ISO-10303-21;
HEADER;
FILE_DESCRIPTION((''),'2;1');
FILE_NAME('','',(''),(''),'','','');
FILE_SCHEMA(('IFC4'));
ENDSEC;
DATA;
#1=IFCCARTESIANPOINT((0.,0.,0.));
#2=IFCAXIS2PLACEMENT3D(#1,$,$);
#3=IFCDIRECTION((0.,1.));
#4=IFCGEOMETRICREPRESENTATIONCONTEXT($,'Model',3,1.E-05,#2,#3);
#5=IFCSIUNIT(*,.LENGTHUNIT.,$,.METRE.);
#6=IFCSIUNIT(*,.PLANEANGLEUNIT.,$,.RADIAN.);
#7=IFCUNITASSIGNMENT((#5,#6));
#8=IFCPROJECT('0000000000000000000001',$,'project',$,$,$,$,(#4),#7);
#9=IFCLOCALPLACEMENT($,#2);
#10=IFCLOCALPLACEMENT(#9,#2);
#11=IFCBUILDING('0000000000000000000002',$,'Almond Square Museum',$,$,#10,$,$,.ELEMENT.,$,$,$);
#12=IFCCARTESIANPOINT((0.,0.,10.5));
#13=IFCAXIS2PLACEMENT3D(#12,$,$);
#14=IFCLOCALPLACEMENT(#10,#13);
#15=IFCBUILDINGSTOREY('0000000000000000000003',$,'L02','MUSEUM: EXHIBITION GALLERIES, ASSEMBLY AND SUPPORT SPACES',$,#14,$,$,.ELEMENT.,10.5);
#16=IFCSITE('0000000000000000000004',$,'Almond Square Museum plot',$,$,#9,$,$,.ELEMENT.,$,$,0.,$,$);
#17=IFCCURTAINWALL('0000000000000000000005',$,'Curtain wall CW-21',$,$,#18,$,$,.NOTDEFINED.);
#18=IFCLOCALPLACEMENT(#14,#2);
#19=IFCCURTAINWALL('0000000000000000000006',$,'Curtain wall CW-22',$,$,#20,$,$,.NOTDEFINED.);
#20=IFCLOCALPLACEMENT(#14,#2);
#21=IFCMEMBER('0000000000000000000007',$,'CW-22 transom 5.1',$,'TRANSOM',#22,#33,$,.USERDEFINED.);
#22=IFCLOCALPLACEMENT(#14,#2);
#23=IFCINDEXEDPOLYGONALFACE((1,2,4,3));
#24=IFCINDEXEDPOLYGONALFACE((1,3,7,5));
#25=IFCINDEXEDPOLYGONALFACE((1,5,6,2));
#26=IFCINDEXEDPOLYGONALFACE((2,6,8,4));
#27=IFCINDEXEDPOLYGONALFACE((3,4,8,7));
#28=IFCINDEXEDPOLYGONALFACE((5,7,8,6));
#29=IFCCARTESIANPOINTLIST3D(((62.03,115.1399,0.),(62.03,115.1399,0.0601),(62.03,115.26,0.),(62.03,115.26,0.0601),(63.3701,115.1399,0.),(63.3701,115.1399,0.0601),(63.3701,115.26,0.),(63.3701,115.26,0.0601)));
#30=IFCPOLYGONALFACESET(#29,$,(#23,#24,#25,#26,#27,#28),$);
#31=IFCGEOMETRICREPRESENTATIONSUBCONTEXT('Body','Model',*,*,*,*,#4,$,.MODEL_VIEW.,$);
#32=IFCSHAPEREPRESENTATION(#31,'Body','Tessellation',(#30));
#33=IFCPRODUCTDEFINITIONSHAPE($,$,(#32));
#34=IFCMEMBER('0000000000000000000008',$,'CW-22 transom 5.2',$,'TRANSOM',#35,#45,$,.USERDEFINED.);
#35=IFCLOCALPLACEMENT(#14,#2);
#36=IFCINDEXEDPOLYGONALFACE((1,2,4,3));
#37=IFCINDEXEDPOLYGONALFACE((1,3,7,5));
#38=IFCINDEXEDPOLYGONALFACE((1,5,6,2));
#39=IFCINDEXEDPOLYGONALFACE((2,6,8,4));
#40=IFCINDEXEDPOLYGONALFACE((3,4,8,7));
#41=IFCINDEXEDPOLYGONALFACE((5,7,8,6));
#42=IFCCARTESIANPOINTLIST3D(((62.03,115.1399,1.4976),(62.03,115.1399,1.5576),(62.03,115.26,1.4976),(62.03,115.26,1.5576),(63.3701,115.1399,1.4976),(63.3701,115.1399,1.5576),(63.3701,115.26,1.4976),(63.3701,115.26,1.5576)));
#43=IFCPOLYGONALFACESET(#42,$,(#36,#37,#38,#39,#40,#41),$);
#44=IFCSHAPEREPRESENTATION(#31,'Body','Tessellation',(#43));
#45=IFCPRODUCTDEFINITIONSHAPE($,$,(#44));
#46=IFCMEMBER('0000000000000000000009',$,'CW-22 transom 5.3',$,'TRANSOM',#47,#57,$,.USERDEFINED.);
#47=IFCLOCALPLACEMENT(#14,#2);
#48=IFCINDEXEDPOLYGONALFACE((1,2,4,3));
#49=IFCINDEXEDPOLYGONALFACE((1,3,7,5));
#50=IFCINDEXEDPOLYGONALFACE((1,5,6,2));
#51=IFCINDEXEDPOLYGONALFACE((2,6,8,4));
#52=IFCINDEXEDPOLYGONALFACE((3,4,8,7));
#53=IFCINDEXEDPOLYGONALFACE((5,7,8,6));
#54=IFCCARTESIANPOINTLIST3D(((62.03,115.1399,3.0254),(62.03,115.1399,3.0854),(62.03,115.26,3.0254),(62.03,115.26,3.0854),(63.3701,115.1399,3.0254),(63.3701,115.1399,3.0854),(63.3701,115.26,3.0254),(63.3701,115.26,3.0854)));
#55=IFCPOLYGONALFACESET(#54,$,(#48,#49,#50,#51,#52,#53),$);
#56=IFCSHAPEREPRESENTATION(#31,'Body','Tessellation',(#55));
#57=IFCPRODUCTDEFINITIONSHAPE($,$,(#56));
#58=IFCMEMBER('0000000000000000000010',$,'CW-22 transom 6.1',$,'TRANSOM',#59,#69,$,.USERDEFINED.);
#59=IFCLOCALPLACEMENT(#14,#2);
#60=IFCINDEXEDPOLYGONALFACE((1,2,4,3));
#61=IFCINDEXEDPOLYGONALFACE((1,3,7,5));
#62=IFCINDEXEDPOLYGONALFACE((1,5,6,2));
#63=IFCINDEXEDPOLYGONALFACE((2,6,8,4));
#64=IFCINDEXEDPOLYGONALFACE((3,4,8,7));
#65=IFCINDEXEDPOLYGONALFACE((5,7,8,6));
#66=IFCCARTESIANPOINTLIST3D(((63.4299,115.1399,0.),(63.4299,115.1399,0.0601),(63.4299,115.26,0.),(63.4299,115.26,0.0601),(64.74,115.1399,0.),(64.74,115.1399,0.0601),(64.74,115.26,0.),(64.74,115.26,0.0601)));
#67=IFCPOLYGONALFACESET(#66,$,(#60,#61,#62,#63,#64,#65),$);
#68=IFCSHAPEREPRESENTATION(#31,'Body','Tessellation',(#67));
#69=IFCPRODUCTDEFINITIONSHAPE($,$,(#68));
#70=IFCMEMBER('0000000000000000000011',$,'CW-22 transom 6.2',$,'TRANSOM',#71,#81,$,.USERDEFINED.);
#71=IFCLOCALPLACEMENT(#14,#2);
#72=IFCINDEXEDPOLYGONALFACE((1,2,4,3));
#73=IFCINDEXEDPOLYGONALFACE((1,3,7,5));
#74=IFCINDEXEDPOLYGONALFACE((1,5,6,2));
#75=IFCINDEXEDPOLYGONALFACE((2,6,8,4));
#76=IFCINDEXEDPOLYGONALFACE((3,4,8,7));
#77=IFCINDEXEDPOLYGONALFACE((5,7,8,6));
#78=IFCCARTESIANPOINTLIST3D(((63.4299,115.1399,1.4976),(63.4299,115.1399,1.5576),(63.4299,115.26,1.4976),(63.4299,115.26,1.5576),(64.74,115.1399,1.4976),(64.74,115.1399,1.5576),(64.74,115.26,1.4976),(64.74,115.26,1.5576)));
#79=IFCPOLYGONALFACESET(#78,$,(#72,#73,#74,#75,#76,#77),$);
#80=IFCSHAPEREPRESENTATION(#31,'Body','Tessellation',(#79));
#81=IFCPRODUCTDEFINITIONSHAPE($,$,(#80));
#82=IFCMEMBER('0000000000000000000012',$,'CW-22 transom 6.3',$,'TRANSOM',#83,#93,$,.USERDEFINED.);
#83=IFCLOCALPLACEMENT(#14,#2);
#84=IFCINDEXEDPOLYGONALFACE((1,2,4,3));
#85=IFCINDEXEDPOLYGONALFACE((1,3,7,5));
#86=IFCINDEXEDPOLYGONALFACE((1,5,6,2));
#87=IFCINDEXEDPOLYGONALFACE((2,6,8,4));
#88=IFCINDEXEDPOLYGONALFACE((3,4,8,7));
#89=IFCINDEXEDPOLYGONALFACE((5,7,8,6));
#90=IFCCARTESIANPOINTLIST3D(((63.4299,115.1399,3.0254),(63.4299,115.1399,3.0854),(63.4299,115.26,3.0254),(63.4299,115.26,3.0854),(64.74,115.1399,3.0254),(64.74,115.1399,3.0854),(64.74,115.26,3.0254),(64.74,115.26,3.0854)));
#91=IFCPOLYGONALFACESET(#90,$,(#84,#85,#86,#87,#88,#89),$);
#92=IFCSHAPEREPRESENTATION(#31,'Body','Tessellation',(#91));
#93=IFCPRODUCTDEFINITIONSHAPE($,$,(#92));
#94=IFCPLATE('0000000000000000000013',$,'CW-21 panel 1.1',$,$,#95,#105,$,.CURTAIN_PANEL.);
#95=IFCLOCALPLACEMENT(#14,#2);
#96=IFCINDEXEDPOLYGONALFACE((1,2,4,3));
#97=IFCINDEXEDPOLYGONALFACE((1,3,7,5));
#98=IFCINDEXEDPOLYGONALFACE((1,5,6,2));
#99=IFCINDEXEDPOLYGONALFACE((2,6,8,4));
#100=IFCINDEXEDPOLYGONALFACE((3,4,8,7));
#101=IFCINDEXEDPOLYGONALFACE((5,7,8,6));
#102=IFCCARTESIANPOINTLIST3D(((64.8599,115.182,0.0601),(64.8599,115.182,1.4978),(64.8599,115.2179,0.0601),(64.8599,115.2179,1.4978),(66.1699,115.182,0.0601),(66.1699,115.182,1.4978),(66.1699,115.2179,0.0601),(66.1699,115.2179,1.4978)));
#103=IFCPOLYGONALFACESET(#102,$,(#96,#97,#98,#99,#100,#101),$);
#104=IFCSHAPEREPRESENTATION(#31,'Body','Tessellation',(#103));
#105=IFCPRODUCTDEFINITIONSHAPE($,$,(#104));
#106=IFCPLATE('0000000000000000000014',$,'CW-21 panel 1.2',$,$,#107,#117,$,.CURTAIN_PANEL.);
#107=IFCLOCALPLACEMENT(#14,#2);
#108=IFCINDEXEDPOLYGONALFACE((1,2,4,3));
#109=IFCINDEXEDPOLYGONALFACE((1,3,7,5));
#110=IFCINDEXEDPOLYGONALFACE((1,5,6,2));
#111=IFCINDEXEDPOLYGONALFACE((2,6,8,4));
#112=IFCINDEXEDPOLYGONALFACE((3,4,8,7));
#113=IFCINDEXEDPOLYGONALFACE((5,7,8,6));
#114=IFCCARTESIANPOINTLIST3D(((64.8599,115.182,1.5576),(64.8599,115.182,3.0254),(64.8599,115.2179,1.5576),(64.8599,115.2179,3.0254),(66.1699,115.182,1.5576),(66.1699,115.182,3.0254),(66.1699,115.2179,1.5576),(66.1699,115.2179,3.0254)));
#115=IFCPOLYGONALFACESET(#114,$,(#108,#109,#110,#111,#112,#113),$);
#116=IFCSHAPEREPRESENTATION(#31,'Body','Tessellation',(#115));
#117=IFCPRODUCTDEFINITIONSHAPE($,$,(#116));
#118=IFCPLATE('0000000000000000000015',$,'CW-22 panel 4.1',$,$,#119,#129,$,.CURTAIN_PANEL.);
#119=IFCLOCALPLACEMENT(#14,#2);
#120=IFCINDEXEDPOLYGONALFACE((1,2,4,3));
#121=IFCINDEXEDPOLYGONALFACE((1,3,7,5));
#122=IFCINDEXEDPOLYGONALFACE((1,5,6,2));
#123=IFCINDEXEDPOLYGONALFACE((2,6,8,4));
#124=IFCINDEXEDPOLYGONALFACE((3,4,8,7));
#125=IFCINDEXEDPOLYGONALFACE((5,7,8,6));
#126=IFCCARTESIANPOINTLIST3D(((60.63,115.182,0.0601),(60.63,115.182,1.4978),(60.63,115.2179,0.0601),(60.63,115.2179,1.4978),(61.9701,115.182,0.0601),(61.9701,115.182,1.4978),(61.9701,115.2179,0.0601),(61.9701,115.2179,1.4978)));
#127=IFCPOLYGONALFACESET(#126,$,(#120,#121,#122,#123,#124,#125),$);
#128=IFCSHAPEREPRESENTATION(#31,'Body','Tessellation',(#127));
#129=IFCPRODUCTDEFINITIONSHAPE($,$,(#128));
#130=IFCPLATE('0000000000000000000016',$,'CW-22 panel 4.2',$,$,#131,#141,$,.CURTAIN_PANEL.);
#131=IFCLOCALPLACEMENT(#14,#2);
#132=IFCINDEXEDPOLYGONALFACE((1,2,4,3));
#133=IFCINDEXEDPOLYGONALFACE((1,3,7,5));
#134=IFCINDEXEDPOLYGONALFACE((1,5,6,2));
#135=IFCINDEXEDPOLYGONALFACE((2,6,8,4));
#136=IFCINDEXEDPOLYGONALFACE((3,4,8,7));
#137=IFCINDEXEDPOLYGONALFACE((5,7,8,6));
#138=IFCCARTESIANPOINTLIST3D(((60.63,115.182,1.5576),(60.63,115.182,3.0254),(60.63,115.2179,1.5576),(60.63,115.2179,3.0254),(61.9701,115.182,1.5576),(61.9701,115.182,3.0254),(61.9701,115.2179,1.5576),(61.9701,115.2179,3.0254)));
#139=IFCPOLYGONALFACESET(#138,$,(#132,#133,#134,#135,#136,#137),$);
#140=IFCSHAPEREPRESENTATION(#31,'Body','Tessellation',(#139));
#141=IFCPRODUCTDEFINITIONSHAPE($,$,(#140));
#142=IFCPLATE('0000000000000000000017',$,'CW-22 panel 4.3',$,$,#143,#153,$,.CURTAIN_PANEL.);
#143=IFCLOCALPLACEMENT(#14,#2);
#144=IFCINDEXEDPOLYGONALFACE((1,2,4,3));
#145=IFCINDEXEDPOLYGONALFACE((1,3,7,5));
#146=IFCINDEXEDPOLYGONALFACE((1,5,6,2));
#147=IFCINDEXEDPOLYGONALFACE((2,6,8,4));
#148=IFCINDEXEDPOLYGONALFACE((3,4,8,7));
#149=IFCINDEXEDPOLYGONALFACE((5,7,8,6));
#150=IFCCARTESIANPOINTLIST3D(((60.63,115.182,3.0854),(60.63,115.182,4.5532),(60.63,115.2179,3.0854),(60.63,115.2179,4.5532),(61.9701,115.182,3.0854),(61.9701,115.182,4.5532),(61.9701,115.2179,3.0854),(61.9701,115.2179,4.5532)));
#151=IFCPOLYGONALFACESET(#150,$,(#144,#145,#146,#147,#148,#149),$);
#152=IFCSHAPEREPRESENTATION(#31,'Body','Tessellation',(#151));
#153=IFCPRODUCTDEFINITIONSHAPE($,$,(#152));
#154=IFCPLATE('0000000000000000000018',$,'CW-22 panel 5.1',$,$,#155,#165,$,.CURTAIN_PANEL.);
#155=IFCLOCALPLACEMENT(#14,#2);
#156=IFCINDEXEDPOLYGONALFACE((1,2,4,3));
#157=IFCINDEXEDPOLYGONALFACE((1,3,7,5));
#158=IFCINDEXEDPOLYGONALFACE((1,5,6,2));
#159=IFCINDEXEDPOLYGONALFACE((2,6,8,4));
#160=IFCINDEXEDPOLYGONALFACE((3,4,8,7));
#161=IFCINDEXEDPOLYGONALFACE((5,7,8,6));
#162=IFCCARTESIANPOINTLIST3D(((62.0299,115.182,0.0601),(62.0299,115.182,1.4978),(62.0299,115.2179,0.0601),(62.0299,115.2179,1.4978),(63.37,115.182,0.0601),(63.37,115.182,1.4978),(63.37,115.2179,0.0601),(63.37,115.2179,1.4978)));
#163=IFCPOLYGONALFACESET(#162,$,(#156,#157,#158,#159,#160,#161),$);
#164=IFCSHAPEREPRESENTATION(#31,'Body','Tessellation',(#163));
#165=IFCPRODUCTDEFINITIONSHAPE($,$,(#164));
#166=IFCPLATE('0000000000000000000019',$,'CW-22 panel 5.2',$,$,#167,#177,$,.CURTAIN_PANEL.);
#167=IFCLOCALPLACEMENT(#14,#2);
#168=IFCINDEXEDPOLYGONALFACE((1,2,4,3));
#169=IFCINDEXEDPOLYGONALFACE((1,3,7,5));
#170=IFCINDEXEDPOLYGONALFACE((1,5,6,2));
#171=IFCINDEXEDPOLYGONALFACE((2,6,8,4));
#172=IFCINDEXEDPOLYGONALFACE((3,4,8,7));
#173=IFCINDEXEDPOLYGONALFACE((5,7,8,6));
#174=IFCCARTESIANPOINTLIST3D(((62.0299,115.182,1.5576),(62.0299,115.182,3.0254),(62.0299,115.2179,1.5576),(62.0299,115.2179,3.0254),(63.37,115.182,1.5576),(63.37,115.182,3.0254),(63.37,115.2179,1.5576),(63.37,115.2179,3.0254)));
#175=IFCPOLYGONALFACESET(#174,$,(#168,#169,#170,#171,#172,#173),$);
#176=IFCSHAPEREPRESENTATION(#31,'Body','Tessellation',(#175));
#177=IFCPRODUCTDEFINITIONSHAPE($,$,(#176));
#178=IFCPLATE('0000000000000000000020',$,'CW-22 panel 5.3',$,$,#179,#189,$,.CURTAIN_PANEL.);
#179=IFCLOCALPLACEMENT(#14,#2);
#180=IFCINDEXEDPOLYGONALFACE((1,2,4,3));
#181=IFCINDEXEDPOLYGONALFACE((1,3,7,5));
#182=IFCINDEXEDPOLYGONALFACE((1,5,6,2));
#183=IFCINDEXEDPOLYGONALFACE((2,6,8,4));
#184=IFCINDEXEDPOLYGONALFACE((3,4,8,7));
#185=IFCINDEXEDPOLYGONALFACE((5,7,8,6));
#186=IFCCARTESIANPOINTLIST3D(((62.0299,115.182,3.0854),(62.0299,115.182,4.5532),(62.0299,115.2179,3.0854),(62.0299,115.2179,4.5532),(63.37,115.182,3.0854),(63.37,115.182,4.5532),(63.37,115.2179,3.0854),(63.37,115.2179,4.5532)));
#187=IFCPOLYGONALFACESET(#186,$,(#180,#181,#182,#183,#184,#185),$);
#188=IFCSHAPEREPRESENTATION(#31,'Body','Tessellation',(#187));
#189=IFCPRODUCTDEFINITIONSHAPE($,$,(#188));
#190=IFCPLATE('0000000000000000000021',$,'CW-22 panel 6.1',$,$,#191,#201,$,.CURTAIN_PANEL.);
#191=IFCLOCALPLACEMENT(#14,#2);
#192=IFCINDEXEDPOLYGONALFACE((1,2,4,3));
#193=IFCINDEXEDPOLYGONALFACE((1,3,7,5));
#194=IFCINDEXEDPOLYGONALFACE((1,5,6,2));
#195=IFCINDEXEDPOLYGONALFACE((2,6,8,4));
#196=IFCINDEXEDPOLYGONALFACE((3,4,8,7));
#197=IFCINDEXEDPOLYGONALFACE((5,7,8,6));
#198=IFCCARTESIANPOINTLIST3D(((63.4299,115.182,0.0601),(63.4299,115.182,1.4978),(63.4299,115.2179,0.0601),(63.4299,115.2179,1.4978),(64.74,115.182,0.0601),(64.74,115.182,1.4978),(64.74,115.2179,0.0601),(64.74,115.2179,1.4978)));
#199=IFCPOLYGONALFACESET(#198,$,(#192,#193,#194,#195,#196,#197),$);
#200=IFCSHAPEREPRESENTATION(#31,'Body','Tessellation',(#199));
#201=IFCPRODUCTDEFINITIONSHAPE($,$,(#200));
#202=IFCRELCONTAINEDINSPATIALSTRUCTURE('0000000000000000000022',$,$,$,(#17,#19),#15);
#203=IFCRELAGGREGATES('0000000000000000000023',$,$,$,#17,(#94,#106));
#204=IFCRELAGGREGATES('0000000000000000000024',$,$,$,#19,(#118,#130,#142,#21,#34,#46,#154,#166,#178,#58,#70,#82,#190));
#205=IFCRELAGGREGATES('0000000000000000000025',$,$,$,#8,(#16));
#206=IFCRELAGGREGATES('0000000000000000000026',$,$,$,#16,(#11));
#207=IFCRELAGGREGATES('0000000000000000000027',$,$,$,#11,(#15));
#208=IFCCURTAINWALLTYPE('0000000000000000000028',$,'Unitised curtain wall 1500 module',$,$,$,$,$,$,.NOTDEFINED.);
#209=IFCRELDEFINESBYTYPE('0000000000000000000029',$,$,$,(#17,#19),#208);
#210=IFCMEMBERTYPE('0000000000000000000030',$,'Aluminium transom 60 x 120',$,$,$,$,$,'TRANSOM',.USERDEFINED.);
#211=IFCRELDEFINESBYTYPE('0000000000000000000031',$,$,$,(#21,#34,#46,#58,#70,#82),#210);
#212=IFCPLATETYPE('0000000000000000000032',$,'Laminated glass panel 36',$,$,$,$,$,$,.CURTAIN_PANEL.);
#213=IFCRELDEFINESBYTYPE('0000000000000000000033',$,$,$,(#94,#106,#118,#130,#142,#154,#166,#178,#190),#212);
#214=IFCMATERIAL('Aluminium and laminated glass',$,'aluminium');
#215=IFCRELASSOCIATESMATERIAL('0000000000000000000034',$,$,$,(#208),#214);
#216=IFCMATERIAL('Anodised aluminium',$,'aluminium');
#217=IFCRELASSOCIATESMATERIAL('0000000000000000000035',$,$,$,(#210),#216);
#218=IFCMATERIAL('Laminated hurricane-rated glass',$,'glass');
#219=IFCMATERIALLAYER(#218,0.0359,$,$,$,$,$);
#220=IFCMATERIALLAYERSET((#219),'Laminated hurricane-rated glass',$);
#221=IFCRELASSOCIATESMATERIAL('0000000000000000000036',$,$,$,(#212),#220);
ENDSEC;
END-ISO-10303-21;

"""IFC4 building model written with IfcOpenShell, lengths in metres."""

from ifc_helpers import new_model, si_unit, direction, frame, origin, origin_2d, place, context, subcontext, project, spatial, rectangle, extrude, material, layer, layer_set, material_profile, profile_set, type_object, element, aggregate, save


model = new_model("IFC4")

# Units and contexts
model_context = context("Model", 3, precision=1e-05, world=origin(), true_north=direction((0.0, 1.0)))
body_context = subcontext(model_context, "Body", "Model", "MODEL_VIEW")
ifc_project = project(units=[si_unit("LENGTHUNIT", "METRE"), si_unit("PLANEANGLEUNIT", "RADIAN")], contexts=[model_context])

# Site, building, storey
site_placement = place(None, origin())
site = spatial("IfcSite", under=ifc_project, at=site_placement, Name="Almond Square Museum plot", CompositionType="ELEMENT", RefElevation=0.0)
building_placement = place(site_placement, origin())
building = spatial("IfcBuilding", under=site, at=building_placement, Name="Almond Square Museum", CompositionType="ELEMENT")
storey_placement = place(building_placement, frame((0.0, 0.0, 10.5)))
storey = spatial("IfcBuildingStorey", under=building, at=storey_placement, Name="L02", Description="MUSEUM: EXHIBITION GALLERIES, ASSEMBLY AND SUPPORT SPACES", CompositionType="ELEMENT", Elevation=10.5)

# Curtain walls
ifc_material_1 = material(Name="Aluminium and laminated glass", Category="aluminium")
curtain_wall_type = type_object("IfcCurtainWallType", Name="Unitised curtain wall 1500 module", PredefinedType="NOTDEFINED", material=ifc_material_1)
curtain_wall_1_placement = place(storey_placement, origin())
curtain_wall_1 = element("IfcCurtainWall", 1, at=curtain_wall_1_placement, inside=storey, type_object=curtain_wall_type, Name="Curtain wall CW-21", PredefinedType="NOTDEFINED")
curtain_wall_2_placement = place(storey_placement, origin())
curtain_wall_2 = element("IfcCurtainWall", 2, at=curtain_wall_2_placement, inside=storey, type_object=curtain_wall_type, Name="Curtain wall CW-22", PredefinedType="NOTDEFINED")

# Members
ifc_material_2 = material(Name="Anodised aluminium", Category="aluminium")
ifc_material_profile_1 = material_profile(ifc_material_2, rectangle(XDim=0.1201, YDim=0.0601, at=origin_2d()))
ifc_profile_set_1 = profile_set([ifc_material_profile_1], Name="Anodised aluminium")
member_type_1 = type_object("IfcMemberType", Name="Aluminium transom 60 x 120", ElementType="TRANSOM", PredefinedType="USERDEFINED", material=ifc_profile_set_1)
member_1_placement = place(storey_placement, frame((62.03, 115.2, 0.03), z_axis=(1.0, 0.0, 0.0), x_axis=(0.0, 1.0, 0.0)))
member_1 = element("IfcMember", 3, at=member_1_placement, type_object=member_type_1, Name="CW-22 transom 5.1", ObjectType="TRANSOM", PredefinedType="USERDEFINED", context=body_context, shape_type="SweptSolid", body=[
    extrude(rectangle(XDim=0.1201, YDim=0.0601, at=origin_2d()), origin(), (0.0, 0.0, 1.0), 1.3401),
])
member_2_placement = place(storey_placement, frame((62.03, 115.2, 1.5276), z_axis=(1.0, 0.0, 0.0), x_axis=(0.0, 1.0, 0.0)))
member_2 = element("IfcMember", 4, at=member_2_placement, type_object=member_type_1, Name="CW-22 transom 5.2", ObjectType="TRANSOM", PredefinedType="USERDEFINED", context=body_context, shape_type="SweptSolid", body=[
    extrude(rectangle(XDim=0.1201, YDim=0.0601, at=origin_2d()), origin(), (0.0, 0.0, 1.0), 1.3401),
])
member_3_placement = place(storey_placement, frame((62.03, 115.2, 3.0554), z_axis=(1.0, 0.0, 0.0), x_axis=(0.0, 1.0, 0.0)))
member_3 = element("IfcMember", 5, at=member_3_placement, type_object=member_type_1, Name="CW-22 transom 5.3", ObjectType="TRANSOM", PredefinedType="USERDEFINED", context=body_context, shape_type="SweptSolid", body=[
    extrude(rectangle(XDim=0.1201, YDim=0.0601, at=origin_2d()), origin(), (0.0, 0.0, 1.0), 1.3401),
])
member_4_placement = place(storey_placement, frame((63.4299, 115.2, 0.03), z_axis=(1.0, 0.0, 0.0), x_axis=(0.0, 1.0, 0.0)))
member_4 = element("IfcMember", 6, at=member_4_placement, type_object=member_type_1, Name="CW-22 transom 6.1", ObjectType="TRANSOM", PredefinedType="USERDEFINED", context=body_context, shape_type="SweptSolid", body=[
    extrude(rectangle(XDim=0.1201, YDim=0.0601, at=origin_2d()), origin(), (0.0, 0.0, 1.0), 1.3101),
])
member_5_placement = place(storey_placement, frame((63.4299, 115.2, 1.5276), z_axis=(1.0, 0.0, 0.0), x_axis=(0.0, 1.0, 0.0)))
member_5 = element("IfcMember", 7, at=member_5_placement, type_object=member_type_1, Name="CW-22 transom 6.2", ObjectType="TRANSOM", PredefinedType="USERDEFINED", context=body_context, shape_type="SweptSolid", body=[
    extrude(rectangle(XDim=0.1201, YDim=0.0601, at=origin_2d()), origin(), (0.0, 0.0, 1.0), 1.3101),
])
member_6_placement = place(storey_placement, frame((63.4299, 115.2, 3.0554), z_axis=(1.0, 0.0, 0.0), x_axis=(0.0, 1.0, 0.0)))
member_6 = element("IfcMember", 8, at=member_6_placement, type_object=member_type_1, Name="CW-22 transom 6.3", ObjectType="TRANSOM", PredefinedType="USERDEFINED", context=body_context, shape_type="SweptSolid", body=[
    extrude(rectangle(XDim=0.1201, YDim=0.0601, at=origin_2d()), origin(), (0.0, 0.0, 1.0), 1.3101),
])

# Plates
ifc_material_3 = material(Name="Laminated hurricane-rated glass", Category="glass")
ifc_layer = layer(ifc_material_3, 0.0359)
ifc_layer_set = layer_set([ifc_layer], Name="Laminated hurricane-rated glass")
plate_type = type_object("IfcPlateType", Name="Laminated glass panel 36", PredefinedType="CURTAIN_PANEL", material=ifc_layer_set)
plate_1_placement = place(storey_placement, frame((65.5149, 115.2, 0.0601), z_axis=(0.0, 0.0, 1.0), x_axis=(1.0, 0.0, 0.0)))
plate_1 = element("IfcPlate", 9, at=plate_1_placement, type_object=plate_type, Name="CW-21 panel 1.1", PredefinedType="CURTAIN_PANEL", context=body_context, shape_type="SweptSolid", body=[
    extrude(rectangle(XDim=1.3101, YDim=0.0359, at=origin_2d()), origin(), (0.0, 0.0, 1.0), 1.4377),
])
plate_2_placement = place(storey_placement, frame((65.5149, 115.2, 1.5576), z_axis=(0.0, 0.0, 1.0), x_axis=(1.0, 0.0, 0.0)))
plate_2 = element("IfcPlate", 10, at=plate_2_placement, type_object=plate_type, Name="CW-21 panel 1.2", PredefinedType="CURTAIN_PANEL", context=body_context, shape_type="SweptSolid", body=[
    extrude(rectangle(XDim=1.3101, YDim=0.0359, at=origin_2d()), origin(), (0.0, 0.0, 1.0), 1.4678),
])
aggregate(curtain_wall_1, [plate_1, plate_2])
plate_3_placement = place(storey_placement, frame((61.3, 115.2, 0.0601), z_axis=(0.0, 0.0, 1.0), x_axis=(1.0, 0.0, 0.0)))
plate_3 = element("IfcPlate", 11, at=plate_3_placement, type_object=plate_type, Name="CW-22 panel 4.1", PredefinedType="CURTAIN_PANEL", context=body_context, shape_type="SweptSolid", body=[
    extrude(rectangle(XDim=1.3401, YDim=0.0359, at=origin_2d()), origin(), (0.0, 0.0, 1.0), 1.4377),
])
plate_4_placement = place(storey_placement, frame((61.3, 115.2, 1.5576), z_axis=(0.0, 0.0, 1.0), x_axis=(1.0, 0.0, 0.0)))
plate_4 = element("IfcPlate", 12, at=plate_4_placement, type_object=plate_type, Name="CW-22 panel 4.2", PredefinedType="CURTAIN_PANEL", context=body_context, shape_type="SweptSolid", body=[
    extrude(rectangle(XDim=1.3401, YDim=0.0359, at=origin_2d()), origin(), (0.0, 0.0, 1.0), 1.4678),
])
plate_5_placement = place(storey_placement, frame((61.3, 115.2, 3.0854), z_axis=(0.0, 0.0, 1.0), x_axis=(1.0, 0.0, 0.0)))
plate_5 = element("IfcPlate", 13, at=plate_5_placement, type_object=plate_type, Name="CW-22 panel 4.3", PredefinedType="CURTAIN_PANEL", context=body_context, shape_type="SweptSolid", body=[
    extrude(rectangle(XDim=1.3401, YDim=0.0359, at=origin_2d()), origin(), (0.0, 0.0, 1.0), 1.4678),
])
plate_6_placement = place(storey_placement, frame((62.7, 115.2, 0.0601), z_axis=(0.0, 0.0, 1.0), x_axis=(1.0, 0.0, 0.0)))
plate_6 = element("IfcPlate", 14, at=plate_6_placement, type_object=plate_type, Name="CW-22 panel 5.1", PredefinedType="CURTAIN_PANEL", context=body_context, shape_type="SweptSolid", body=[
    extrude(rectangle(XDim=1.3401, YDim=0.0359, at=origin_2d()), origin(), (0.0, 0.0, 1.0), 1.4377),
])
plate_7_placement = place(storey_placement, frame((62.7, 115.2, 1.5576), z_axis=(0.0, 0.0, 1.0), x_axis=(1.0, 0.0, 0.0)))
plate_7 = element("IfcPlate", 15, at=plate_7_placement, type_object=plate_type, Name="CW-22 panel 5.2", PredefinedType="CURTAIN_PANEL", context=body_context, shape_type="SweptSolid", body=[
    extrude(rectangle(XDim=1.3401, YDim=0.0359, at=origin_2d()), origin(), (0.0, 0.0, 1.0), 1.4678),
])
plate_8_placement = place(storey_placement, frame((62.7, 115.2, 3.0854), z_axis=(0.0, 0.0, 1.0), x_axis=(1.0, 0.0, 0.0)))
plate_8 = element("IfcPlate", 16, at=plate_8_placement, type_object=plate_type, Name="CW-22 panel 5.3", PredefinedType="CURTAIN_PANEL", context=body_context, shape_type="SweptSolid", body=[
    extrude(rectangle(XDim=1.3401, YDim=0.0359, at=origin_2d()), origin(), (0.0, 0.0, 1.0), 1.4678),
])
plate_9_placement = place(storey_placement, frame((64.085, 115.2, 0.0601), z_axis=(0.0, 0.0, 1.0), x_axis=(1.0, 0.0, 0.0)))
plate_9 = element("IfcPlate", 17, at=plate_9_placement, type_object=plate_type, Name="CW-22 panel 6.1", PredefinedType="CURTAIN_PANEL", context=body_context, shape_type="SweptSolid", body=[
    extrude(rectangle(XDim=1.3101, YDim=0.0359, at=origin_2d()), origin(), (0.0, 0.0, 1.0), 1.4377),
])
aggregate(curtain_wall_2, [plate_3, plate_4, plate_5, member_1, member_2, member_3, plate_6, plate_7, plate_8, member_4, member_5, member_6, plate_9])

save(model, "model.ifc")
